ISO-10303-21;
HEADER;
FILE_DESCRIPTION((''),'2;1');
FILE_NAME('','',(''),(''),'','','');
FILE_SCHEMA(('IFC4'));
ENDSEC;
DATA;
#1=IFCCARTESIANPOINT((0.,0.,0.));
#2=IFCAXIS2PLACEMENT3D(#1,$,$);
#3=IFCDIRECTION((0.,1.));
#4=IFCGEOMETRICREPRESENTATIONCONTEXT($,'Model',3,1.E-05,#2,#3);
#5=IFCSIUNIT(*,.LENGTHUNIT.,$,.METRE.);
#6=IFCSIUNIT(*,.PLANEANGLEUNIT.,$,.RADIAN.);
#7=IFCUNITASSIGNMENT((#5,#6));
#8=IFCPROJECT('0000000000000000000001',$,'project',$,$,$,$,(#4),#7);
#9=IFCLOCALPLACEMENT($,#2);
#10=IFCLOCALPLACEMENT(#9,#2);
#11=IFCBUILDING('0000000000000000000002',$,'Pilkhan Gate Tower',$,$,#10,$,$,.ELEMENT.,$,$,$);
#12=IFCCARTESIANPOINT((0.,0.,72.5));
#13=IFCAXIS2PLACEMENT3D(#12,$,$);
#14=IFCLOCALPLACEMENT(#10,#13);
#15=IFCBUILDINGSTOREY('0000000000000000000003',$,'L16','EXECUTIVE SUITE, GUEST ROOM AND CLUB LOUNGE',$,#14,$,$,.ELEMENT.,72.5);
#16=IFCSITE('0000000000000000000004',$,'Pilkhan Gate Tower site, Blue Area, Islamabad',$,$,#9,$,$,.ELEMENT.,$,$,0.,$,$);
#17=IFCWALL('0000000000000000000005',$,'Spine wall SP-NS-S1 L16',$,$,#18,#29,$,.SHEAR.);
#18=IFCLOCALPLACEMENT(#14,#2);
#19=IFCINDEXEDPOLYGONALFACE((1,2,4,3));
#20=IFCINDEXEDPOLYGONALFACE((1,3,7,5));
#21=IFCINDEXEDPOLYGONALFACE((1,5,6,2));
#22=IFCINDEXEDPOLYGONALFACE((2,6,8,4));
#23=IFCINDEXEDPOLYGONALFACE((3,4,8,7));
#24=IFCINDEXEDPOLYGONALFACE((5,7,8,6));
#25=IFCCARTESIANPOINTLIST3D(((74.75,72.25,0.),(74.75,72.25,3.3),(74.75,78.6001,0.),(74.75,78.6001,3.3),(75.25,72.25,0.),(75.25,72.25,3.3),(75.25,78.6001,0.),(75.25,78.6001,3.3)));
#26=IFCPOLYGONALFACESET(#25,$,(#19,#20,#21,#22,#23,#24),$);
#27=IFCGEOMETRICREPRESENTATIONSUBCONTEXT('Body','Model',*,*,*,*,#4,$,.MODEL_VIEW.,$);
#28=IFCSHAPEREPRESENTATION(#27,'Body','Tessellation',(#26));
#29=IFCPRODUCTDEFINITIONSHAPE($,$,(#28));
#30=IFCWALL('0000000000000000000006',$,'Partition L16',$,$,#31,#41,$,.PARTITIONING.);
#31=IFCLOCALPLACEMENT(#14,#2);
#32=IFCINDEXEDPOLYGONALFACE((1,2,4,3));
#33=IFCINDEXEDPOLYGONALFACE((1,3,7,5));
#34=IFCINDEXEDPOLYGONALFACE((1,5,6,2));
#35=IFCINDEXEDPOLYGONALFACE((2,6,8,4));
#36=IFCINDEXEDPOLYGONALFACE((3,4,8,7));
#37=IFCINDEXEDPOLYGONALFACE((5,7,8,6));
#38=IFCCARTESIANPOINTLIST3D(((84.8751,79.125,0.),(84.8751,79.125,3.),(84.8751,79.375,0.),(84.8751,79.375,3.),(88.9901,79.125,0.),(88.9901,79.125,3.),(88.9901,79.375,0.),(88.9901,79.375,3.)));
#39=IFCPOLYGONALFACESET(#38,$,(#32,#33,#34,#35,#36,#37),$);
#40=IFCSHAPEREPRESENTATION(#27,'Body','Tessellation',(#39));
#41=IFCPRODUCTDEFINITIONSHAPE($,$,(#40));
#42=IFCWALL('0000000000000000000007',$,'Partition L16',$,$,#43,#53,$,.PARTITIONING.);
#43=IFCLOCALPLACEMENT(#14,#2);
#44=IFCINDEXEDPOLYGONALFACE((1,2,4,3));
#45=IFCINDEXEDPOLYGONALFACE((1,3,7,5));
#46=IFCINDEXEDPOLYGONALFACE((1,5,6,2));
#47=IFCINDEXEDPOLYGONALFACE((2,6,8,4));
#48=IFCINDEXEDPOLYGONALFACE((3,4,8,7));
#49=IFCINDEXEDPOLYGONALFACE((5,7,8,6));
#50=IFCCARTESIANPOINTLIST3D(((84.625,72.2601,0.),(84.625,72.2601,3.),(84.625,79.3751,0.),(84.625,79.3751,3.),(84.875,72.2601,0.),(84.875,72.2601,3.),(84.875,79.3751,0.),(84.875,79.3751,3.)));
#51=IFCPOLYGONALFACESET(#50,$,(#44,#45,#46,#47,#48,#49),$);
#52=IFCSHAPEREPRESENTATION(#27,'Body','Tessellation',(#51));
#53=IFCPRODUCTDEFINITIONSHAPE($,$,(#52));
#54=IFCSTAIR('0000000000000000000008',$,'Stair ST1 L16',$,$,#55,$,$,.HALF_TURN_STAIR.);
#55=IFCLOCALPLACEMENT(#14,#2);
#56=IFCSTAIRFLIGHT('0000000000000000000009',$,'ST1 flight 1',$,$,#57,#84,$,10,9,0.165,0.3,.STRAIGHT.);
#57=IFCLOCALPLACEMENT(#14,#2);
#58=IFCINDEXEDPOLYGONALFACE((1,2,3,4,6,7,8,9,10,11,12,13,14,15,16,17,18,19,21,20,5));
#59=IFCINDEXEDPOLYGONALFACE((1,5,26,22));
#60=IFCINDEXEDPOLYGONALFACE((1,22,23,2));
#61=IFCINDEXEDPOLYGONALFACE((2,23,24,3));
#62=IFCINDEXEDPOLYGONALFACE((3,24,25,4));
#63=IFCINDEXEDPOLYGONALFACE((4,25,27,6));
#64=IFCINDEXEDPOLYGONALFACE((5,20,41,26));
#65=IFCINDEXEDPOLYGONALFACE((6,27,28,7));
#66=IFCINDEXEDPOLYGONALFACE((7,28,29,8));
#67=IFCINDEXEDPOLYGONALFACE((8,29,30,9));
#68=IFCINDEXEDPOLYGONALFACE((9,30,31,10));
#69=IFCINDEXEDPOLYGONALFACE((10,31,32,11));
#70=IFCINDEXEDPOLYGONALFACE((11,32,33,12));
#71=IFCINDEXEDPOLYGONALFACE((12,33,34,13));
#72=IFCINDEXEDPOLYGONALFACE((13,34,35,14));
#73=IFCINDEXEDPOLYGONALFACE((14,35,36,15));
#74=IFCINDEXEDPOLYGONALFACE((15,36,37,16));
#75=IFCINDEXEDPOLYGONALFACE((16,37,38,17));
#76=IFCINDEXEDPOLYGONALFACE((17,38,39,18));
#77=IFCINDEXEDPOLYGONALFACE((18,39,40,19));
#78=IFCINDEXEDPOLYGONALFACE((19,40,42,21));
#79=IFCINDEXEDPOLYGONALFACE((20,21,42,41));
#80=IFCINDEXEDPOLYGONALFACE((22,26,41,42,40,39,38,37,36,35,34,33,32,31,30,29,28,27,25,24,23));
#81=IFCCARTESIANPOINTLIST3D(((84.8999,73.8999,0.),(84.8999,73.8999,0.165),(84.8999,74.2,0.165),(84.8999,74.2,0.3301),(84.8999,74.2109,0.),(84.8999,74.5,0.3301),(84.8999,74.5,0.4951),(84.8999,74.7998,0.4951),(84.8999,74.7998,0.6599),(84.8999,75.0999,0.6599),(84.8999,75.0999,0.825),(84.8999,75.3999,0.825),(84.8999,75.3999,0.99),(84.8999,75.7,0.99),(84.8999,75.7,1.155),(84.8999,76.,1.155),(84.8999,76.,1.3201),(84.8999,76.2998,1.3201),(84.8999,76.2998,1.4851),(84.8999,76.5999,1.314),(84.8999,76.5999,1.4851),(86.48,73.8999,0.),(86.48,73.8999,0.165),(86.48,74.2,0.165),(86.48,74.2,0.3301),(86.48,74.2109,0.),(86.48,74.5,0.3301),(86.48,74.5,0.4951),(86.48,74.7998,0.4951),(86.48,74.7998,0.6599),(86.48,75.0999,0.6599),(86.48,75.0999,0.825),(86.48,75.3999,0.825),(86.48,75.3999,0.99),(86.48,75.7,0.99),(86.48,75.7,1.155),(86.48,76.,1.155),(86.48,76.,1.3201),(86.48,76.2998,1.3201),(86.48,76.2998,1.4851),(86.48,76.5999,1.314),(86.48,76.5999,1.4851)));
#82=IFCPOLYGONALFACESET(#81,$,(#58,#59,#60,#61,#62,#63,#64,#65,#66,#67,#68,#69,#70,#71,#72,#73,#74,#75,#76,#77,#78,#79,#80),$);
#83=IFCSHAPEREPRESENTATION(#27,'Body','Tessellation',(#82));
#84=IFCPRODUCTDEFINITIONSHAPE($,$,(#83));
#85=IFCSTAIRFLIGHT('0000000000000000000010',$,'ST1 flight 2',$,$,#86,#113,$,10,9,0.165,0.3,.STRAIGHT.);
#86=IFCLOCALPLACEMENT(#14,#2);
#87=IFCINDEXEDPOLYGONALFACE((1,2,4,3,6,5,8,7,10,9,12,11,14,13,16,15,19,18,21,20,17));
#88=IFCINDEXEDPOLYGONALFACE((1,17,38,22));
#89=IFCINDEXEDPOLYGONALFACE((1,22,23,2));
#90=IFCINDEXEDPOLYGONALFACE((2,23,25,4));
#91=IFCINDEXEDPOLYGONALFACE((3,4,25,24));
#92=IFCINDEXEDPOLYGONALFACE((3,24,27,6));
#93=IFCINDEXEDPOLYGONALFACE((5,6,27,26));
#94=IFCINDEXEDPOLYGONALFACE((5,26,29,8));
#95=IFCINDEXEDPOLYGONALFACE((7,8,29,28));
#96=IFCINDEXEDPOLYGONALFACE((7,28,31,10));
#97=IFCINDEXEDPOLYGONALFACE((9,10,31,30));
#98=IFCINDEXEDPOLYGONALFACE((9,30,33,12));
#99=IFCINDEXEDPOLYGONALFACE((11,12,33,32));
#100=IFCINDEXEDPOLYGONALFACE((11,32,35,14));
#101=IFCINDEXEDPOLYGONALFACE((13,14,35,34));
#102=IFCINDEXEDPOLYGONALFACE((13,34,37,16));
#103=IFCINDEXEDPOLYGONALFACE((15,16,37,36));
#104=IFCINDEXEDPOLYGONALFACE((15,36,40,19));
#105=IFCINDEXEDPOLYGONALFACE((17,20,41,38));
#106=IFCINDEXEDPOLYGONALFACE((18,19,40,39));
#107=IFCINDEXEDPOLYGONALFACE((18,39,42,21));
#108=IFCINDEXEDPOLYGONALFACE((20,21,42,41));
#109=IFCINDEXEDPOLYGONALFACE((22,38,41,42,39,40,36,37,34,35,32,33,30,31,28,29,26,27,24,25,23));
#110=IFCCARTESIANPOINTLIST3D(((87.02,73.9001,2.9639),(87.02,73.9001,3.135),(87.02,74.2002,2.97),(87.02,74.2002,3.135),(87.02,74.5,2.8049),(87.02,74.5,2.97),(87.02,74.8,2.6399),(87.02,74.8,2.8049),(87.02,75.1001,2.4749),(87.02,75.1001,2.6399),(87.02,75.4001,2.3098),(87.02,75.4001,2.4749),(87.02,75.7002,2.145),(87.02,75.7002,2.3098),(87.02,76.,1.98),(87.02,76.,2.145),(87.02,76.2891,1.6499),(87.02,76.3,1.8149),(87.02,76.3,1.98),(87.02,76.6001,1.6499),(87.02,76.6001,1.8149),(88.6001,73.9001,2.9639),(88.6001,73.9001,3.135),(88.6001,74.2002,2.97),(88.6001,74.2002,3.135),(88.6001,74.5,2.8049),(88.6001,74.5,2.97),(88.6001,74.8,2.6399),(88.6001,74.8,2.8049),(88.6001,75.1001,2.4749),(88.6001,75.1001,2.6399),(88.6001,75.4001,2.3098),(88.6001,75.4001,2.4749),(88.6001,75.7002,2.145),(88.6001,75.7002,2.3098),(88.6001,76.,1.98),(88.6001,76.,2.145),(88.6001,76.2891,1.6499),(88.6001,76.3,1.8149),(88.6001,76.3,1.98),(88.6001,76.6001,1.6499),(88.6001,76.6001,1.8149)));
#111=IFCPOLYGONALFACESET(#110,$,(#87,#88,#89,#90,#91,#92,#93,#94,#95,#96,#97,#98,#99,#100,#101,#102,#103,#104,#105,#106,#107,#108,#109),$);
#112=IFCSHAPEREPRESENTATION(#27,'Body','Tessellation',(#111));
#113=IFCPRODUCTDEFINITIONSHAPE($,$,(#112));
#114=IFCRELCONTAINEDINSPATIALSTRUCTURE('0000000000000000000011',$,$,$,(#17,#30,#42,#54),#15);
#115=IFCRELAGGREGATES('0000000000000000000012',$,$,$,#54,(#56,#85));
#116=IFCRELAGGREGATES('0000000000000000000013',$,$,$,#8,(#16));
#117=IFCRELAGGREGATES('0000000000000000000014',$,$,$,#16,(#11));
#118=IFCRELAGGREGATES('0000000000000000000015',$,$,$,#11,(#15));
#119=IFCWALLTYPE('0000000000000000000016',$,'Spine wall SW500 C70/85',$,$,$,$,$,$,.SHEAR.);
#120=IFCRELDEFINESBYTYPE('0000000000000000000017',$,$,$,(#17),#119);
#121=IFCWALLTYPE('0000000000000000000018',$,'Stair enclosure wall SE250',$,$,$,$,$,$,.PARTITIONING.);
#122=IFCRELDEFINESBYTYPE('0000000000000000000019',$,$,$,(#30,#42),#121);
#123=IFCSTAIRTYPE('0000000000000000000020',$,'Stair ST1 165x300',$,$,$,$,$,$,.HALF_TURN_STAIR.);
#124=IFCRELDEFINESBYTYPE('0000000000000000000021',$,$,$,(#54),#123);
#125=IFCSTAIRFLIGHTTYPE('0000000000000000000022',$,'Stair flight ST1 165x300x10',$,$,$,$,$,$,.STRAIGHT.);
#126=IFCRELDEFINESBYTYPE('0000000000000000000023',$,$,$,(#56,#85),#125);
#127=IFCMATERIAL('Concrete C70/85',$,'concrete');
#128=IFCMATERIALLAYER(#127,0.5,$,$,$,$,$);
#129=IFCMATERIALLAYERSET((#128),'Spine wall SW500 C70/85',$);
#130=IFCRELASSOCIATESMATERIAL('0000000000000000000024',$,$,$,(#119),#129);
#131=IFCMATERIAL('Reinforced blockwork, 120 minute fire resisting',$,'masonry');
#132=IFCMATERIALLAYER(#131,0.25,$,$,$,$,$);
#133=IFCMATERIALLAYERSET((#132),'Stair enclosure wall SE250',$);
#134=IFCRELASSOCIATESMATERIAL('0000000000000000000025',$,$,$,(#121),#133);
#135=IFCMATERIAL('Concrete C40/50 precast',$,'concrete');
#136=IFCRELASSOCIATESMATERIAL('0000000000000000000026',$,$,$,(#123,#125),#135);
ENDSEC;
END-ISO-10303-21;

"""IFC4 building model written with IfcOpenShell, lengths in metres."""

from ifc_helpers import new_model, si_unit, direction, frame, frame_2d, origin, place, context, subcontext, project, spatial, polyline, rectangle, outline, extrude, material, layer, layer_set, type_object, element, aggregate, save


model = new_model("IFC4")

# Units and contexts
model_context = context("Model", 3, precision=1e-05, world=origin(), true_north=direction((0.0, 1.0)))
body_context = subcontext(model_context, "Body", "Model", "MODEL_VIEW")
ifc_project = project(units=[si_unit("LENGTHUNIT", "METRE"), si_unit("PLANEANGLEUNIT", "RADIAN")], contexts=[model_context])

# Site, building, storey
site_placement = place(None, origin())
site = spatial("IfcSite", under=ifc_project, at=site_placement, Name="Pilkhan Gate Tower site, Blue Area, Islamabad", CompositionType="ELEMENT", RefElevation=0.0)
building_placement = place(site_placement, origin())
building = spatial("IfcBuilding", under=site, at=building_placement, Name="Pilkhan Gate Tower", CompositionType="ELEMENT")
storey_placement = place(building_placement, frame((0.0, 0.0, 72.5)))
storey = spatial("IfcBuildingStorey", under=building, at=storey_placement, Name="L16", Description="EXECUTIVE SUITE, GUEST ROOM AND CLUB LOUNGE", CompositionType="ELEMENT", Elevation=72.5)

# Shared definitions
ifc_material_1 = material(Name="Concrete C70/85", Category="concrete")

# Walls
ifc_layer_1 = layer(ifc_material_1, 0.5)
ifc_layer_set_1 = layer_set([ifc_layer_1], Name="Spine wall SW500 C70/85")
wall_type_1 = type_object("IfcWallType", Name="Spine wall SW500 C70/85", PredefinedType="SHEAR", material=ifc_layer_set_1)
wall_1_placement = place(storey_placement, frame((75.0, 72.25, 0.0), z_axis=(0.0, 0.0, 1.0), x_axis=(0.0, 1.0, 0.0)))
element("IfcWall", 1, at=wall_1_placement, inside=storey, type_object=wall_type_1, Name="Spine wall SP-NS-S1 L16", PredefinedType="SHEAR", context=body_context, shape_type="SweptSolid", body=[
    extrude(rectangle(XDim=6.3501, YDim=0.5, at=frame_2d((3.175, 0.0))), origin(), (0.0, 0.0, 1.0), 3.3),
])
ifc_material_2 = material(Name="Reinforced blockwork, 120 minute fire resisting", Category="masonry")
ifc_layer_2 = layer(ifc_material_2, 0.25)
ifc_layer_set_2 = layer_set([ifc_layer_2], Name="Stair enclosure wall SE250")
wall_type_2 = type_object("IfcWallType", Name="Stair enclosure wall SE250", PredefinedType="PARTITIONING", material=ifc_layer_set_2)
wall_2_placement = place(storey_placement, frame((84.875, 79.25, 0.0), z_axis=(0.0, 0.0, 1.0), x_axis=(1.0, 0.0, 0.0)))
element("IfcWall", 2, at=wall_2_placement, inside=storey, type_object=wall_type_2, Name="Partition L16", PredefinedType="PARTITIONING", context=body_context, shape_type="SweptSolid", body=[
    extrude(rectangle(XDim=4.115, YDim=0.25, at=frame_2d((2.0576, 0.0))), origin(), (0.0, 0.0, 1.0), 3.0),
])
wall_3_placement = place(storey_placement, frame((84.75, 72.26, 0.0), z_axis=(0.0, 0.0, 1.0), x_axis=(0.0, 1.0, 0.0)))
element("IfcWall", 3, at=wall_3_placement, inside=storey, type_object=wall_type_2, Name="Partition L16", PredefinedType="PARTITIONING", context=body_context, shape_type="SweptSolid", body=[
    extrude(rectangle(XDim=7.115, YDim=0.25, at=frame_2d((3.5576, 0.0))), origin(), (0.0, 0.0, 1.0), 3.0),
])

# Stair, stair flights
ifc_material_3 = material(Name="Concrete C40/50 precast", Category="concrete")
stair_type = type_object("IfcStairType", Name="Stair ST1 165x300", PredefinedType="HALF_TURN_STAIR", material=ifc_material_3)
stair_placement = place(storey_placement, origin())
stair = element("IfcStair", 4, at=stair_placement, inside=storey, type_object=stair_type, Name="Stair ST1 L16", PredefinedType="HALF_TURN_STAIR")
stair_flight_type = type_object("IfcStairFlightType", Name="Stair flight ST1 165x300x10", PredefinedType="STRAIGHT", material=ifc_material_3)
stair_flight_1_placement = place(storey_placement, frame((85.6899, 73.8999, 0.0), z_axis=(0.0, 0.0, 1.0), x_axis=(0.0, 1.0, 0.0)))
stair_flight_1 = element("IfcStairFlight", 5, at=stair_flight_1_placement, type_object=stair_flight_type, Name="ST1 flight 1", NumberOfRisers=10, NumberOfTreads=9, PredefinedType="STRAIGHT", RiserHeight=0.165, TreadLength=0.3, context=body_context, shape_type="SweptSolid", body=[
    extrude(outline(polyline([(0.0, 0.0), (0.0, 0.165), (0.3, 0.165), (0.3, 0.3301), (0.6001, 0.3301), (0.6001, 0.4951), (0.8999, 0.4951), (0.8999, 0.6599), (1.2, 0.6599), (1.2, 0.825), (1.5, 0.825), (1.5, 0.99), (1.8, 0.99), (1.8, 1.155), (2.1001, 1.155), (2.1001, 1.3201), (2.3999, 1.3201), (2.3999, 1.4851), (2.7, 1.4851), (2.7, 1.6499), (2.7, 1.314), (0.311, 0.0), (0.0, 0.0)])), frame((0.0, 0.79, 0.0), z_axis=(0.0, -1.0, 0.0), x_axis=(1.0, 0.0, 0.0)), (0.0, 0.0, 1.0), 1.5801),
])
stair_flight_2_placement = place(storey_placement, frame((87.8101, 76.6001, 1.6499), z_axis=(0.0, 0.0, 1.0), x_axis=(0.0, -1.0, 0.0)))
stair_flight_2 = element("IfcStairFlight", 6, at=stair_flight_2_placement, type_object=stair_flight_type, Name="ST1 flight 2", NumberOfRisers=10, NumberOfTreads=9, PredefinedType="STRAIGHT", RiserHeight=0.165, TreadLength=0.3, context=body_context, shape_type="SweptSolid", body=[
    extrude(outline(polyline([(0.0, 0.0), (0.0, 0.165), (0.3, 0.165), (0.3, 0.3301), (0.6001, 0.3301), (0.6001, 0.4951), (0.8999, 0.4951), (0.8999, 0.6599), (1.2, 0.6599), (1.2, 0.825), (1.5, 0.825), (1.5, 0.99), (1.8, 0.99), (1.8, 1.155), (2.1001, 1.155), (2.1001, 1.3201), (2.3999, 1.3201), (2.3999, 1.4851), (2.7, 1.4851), (2.7, 1.6499), (2.7, 1.314), (0.311, 0.0), (0.0, 0.0)])), frame((0.0, 0.79, 0.0), z_axis=(0.0, -1.0, 0.0), x_axis=(1.0, 0.0, 0.0)), (0.0, 0.0, 1.0), 1.5801),
])
aggregate(stair, [stair_flight_1, stair_flight_2])

save(model, "model.ifc")
